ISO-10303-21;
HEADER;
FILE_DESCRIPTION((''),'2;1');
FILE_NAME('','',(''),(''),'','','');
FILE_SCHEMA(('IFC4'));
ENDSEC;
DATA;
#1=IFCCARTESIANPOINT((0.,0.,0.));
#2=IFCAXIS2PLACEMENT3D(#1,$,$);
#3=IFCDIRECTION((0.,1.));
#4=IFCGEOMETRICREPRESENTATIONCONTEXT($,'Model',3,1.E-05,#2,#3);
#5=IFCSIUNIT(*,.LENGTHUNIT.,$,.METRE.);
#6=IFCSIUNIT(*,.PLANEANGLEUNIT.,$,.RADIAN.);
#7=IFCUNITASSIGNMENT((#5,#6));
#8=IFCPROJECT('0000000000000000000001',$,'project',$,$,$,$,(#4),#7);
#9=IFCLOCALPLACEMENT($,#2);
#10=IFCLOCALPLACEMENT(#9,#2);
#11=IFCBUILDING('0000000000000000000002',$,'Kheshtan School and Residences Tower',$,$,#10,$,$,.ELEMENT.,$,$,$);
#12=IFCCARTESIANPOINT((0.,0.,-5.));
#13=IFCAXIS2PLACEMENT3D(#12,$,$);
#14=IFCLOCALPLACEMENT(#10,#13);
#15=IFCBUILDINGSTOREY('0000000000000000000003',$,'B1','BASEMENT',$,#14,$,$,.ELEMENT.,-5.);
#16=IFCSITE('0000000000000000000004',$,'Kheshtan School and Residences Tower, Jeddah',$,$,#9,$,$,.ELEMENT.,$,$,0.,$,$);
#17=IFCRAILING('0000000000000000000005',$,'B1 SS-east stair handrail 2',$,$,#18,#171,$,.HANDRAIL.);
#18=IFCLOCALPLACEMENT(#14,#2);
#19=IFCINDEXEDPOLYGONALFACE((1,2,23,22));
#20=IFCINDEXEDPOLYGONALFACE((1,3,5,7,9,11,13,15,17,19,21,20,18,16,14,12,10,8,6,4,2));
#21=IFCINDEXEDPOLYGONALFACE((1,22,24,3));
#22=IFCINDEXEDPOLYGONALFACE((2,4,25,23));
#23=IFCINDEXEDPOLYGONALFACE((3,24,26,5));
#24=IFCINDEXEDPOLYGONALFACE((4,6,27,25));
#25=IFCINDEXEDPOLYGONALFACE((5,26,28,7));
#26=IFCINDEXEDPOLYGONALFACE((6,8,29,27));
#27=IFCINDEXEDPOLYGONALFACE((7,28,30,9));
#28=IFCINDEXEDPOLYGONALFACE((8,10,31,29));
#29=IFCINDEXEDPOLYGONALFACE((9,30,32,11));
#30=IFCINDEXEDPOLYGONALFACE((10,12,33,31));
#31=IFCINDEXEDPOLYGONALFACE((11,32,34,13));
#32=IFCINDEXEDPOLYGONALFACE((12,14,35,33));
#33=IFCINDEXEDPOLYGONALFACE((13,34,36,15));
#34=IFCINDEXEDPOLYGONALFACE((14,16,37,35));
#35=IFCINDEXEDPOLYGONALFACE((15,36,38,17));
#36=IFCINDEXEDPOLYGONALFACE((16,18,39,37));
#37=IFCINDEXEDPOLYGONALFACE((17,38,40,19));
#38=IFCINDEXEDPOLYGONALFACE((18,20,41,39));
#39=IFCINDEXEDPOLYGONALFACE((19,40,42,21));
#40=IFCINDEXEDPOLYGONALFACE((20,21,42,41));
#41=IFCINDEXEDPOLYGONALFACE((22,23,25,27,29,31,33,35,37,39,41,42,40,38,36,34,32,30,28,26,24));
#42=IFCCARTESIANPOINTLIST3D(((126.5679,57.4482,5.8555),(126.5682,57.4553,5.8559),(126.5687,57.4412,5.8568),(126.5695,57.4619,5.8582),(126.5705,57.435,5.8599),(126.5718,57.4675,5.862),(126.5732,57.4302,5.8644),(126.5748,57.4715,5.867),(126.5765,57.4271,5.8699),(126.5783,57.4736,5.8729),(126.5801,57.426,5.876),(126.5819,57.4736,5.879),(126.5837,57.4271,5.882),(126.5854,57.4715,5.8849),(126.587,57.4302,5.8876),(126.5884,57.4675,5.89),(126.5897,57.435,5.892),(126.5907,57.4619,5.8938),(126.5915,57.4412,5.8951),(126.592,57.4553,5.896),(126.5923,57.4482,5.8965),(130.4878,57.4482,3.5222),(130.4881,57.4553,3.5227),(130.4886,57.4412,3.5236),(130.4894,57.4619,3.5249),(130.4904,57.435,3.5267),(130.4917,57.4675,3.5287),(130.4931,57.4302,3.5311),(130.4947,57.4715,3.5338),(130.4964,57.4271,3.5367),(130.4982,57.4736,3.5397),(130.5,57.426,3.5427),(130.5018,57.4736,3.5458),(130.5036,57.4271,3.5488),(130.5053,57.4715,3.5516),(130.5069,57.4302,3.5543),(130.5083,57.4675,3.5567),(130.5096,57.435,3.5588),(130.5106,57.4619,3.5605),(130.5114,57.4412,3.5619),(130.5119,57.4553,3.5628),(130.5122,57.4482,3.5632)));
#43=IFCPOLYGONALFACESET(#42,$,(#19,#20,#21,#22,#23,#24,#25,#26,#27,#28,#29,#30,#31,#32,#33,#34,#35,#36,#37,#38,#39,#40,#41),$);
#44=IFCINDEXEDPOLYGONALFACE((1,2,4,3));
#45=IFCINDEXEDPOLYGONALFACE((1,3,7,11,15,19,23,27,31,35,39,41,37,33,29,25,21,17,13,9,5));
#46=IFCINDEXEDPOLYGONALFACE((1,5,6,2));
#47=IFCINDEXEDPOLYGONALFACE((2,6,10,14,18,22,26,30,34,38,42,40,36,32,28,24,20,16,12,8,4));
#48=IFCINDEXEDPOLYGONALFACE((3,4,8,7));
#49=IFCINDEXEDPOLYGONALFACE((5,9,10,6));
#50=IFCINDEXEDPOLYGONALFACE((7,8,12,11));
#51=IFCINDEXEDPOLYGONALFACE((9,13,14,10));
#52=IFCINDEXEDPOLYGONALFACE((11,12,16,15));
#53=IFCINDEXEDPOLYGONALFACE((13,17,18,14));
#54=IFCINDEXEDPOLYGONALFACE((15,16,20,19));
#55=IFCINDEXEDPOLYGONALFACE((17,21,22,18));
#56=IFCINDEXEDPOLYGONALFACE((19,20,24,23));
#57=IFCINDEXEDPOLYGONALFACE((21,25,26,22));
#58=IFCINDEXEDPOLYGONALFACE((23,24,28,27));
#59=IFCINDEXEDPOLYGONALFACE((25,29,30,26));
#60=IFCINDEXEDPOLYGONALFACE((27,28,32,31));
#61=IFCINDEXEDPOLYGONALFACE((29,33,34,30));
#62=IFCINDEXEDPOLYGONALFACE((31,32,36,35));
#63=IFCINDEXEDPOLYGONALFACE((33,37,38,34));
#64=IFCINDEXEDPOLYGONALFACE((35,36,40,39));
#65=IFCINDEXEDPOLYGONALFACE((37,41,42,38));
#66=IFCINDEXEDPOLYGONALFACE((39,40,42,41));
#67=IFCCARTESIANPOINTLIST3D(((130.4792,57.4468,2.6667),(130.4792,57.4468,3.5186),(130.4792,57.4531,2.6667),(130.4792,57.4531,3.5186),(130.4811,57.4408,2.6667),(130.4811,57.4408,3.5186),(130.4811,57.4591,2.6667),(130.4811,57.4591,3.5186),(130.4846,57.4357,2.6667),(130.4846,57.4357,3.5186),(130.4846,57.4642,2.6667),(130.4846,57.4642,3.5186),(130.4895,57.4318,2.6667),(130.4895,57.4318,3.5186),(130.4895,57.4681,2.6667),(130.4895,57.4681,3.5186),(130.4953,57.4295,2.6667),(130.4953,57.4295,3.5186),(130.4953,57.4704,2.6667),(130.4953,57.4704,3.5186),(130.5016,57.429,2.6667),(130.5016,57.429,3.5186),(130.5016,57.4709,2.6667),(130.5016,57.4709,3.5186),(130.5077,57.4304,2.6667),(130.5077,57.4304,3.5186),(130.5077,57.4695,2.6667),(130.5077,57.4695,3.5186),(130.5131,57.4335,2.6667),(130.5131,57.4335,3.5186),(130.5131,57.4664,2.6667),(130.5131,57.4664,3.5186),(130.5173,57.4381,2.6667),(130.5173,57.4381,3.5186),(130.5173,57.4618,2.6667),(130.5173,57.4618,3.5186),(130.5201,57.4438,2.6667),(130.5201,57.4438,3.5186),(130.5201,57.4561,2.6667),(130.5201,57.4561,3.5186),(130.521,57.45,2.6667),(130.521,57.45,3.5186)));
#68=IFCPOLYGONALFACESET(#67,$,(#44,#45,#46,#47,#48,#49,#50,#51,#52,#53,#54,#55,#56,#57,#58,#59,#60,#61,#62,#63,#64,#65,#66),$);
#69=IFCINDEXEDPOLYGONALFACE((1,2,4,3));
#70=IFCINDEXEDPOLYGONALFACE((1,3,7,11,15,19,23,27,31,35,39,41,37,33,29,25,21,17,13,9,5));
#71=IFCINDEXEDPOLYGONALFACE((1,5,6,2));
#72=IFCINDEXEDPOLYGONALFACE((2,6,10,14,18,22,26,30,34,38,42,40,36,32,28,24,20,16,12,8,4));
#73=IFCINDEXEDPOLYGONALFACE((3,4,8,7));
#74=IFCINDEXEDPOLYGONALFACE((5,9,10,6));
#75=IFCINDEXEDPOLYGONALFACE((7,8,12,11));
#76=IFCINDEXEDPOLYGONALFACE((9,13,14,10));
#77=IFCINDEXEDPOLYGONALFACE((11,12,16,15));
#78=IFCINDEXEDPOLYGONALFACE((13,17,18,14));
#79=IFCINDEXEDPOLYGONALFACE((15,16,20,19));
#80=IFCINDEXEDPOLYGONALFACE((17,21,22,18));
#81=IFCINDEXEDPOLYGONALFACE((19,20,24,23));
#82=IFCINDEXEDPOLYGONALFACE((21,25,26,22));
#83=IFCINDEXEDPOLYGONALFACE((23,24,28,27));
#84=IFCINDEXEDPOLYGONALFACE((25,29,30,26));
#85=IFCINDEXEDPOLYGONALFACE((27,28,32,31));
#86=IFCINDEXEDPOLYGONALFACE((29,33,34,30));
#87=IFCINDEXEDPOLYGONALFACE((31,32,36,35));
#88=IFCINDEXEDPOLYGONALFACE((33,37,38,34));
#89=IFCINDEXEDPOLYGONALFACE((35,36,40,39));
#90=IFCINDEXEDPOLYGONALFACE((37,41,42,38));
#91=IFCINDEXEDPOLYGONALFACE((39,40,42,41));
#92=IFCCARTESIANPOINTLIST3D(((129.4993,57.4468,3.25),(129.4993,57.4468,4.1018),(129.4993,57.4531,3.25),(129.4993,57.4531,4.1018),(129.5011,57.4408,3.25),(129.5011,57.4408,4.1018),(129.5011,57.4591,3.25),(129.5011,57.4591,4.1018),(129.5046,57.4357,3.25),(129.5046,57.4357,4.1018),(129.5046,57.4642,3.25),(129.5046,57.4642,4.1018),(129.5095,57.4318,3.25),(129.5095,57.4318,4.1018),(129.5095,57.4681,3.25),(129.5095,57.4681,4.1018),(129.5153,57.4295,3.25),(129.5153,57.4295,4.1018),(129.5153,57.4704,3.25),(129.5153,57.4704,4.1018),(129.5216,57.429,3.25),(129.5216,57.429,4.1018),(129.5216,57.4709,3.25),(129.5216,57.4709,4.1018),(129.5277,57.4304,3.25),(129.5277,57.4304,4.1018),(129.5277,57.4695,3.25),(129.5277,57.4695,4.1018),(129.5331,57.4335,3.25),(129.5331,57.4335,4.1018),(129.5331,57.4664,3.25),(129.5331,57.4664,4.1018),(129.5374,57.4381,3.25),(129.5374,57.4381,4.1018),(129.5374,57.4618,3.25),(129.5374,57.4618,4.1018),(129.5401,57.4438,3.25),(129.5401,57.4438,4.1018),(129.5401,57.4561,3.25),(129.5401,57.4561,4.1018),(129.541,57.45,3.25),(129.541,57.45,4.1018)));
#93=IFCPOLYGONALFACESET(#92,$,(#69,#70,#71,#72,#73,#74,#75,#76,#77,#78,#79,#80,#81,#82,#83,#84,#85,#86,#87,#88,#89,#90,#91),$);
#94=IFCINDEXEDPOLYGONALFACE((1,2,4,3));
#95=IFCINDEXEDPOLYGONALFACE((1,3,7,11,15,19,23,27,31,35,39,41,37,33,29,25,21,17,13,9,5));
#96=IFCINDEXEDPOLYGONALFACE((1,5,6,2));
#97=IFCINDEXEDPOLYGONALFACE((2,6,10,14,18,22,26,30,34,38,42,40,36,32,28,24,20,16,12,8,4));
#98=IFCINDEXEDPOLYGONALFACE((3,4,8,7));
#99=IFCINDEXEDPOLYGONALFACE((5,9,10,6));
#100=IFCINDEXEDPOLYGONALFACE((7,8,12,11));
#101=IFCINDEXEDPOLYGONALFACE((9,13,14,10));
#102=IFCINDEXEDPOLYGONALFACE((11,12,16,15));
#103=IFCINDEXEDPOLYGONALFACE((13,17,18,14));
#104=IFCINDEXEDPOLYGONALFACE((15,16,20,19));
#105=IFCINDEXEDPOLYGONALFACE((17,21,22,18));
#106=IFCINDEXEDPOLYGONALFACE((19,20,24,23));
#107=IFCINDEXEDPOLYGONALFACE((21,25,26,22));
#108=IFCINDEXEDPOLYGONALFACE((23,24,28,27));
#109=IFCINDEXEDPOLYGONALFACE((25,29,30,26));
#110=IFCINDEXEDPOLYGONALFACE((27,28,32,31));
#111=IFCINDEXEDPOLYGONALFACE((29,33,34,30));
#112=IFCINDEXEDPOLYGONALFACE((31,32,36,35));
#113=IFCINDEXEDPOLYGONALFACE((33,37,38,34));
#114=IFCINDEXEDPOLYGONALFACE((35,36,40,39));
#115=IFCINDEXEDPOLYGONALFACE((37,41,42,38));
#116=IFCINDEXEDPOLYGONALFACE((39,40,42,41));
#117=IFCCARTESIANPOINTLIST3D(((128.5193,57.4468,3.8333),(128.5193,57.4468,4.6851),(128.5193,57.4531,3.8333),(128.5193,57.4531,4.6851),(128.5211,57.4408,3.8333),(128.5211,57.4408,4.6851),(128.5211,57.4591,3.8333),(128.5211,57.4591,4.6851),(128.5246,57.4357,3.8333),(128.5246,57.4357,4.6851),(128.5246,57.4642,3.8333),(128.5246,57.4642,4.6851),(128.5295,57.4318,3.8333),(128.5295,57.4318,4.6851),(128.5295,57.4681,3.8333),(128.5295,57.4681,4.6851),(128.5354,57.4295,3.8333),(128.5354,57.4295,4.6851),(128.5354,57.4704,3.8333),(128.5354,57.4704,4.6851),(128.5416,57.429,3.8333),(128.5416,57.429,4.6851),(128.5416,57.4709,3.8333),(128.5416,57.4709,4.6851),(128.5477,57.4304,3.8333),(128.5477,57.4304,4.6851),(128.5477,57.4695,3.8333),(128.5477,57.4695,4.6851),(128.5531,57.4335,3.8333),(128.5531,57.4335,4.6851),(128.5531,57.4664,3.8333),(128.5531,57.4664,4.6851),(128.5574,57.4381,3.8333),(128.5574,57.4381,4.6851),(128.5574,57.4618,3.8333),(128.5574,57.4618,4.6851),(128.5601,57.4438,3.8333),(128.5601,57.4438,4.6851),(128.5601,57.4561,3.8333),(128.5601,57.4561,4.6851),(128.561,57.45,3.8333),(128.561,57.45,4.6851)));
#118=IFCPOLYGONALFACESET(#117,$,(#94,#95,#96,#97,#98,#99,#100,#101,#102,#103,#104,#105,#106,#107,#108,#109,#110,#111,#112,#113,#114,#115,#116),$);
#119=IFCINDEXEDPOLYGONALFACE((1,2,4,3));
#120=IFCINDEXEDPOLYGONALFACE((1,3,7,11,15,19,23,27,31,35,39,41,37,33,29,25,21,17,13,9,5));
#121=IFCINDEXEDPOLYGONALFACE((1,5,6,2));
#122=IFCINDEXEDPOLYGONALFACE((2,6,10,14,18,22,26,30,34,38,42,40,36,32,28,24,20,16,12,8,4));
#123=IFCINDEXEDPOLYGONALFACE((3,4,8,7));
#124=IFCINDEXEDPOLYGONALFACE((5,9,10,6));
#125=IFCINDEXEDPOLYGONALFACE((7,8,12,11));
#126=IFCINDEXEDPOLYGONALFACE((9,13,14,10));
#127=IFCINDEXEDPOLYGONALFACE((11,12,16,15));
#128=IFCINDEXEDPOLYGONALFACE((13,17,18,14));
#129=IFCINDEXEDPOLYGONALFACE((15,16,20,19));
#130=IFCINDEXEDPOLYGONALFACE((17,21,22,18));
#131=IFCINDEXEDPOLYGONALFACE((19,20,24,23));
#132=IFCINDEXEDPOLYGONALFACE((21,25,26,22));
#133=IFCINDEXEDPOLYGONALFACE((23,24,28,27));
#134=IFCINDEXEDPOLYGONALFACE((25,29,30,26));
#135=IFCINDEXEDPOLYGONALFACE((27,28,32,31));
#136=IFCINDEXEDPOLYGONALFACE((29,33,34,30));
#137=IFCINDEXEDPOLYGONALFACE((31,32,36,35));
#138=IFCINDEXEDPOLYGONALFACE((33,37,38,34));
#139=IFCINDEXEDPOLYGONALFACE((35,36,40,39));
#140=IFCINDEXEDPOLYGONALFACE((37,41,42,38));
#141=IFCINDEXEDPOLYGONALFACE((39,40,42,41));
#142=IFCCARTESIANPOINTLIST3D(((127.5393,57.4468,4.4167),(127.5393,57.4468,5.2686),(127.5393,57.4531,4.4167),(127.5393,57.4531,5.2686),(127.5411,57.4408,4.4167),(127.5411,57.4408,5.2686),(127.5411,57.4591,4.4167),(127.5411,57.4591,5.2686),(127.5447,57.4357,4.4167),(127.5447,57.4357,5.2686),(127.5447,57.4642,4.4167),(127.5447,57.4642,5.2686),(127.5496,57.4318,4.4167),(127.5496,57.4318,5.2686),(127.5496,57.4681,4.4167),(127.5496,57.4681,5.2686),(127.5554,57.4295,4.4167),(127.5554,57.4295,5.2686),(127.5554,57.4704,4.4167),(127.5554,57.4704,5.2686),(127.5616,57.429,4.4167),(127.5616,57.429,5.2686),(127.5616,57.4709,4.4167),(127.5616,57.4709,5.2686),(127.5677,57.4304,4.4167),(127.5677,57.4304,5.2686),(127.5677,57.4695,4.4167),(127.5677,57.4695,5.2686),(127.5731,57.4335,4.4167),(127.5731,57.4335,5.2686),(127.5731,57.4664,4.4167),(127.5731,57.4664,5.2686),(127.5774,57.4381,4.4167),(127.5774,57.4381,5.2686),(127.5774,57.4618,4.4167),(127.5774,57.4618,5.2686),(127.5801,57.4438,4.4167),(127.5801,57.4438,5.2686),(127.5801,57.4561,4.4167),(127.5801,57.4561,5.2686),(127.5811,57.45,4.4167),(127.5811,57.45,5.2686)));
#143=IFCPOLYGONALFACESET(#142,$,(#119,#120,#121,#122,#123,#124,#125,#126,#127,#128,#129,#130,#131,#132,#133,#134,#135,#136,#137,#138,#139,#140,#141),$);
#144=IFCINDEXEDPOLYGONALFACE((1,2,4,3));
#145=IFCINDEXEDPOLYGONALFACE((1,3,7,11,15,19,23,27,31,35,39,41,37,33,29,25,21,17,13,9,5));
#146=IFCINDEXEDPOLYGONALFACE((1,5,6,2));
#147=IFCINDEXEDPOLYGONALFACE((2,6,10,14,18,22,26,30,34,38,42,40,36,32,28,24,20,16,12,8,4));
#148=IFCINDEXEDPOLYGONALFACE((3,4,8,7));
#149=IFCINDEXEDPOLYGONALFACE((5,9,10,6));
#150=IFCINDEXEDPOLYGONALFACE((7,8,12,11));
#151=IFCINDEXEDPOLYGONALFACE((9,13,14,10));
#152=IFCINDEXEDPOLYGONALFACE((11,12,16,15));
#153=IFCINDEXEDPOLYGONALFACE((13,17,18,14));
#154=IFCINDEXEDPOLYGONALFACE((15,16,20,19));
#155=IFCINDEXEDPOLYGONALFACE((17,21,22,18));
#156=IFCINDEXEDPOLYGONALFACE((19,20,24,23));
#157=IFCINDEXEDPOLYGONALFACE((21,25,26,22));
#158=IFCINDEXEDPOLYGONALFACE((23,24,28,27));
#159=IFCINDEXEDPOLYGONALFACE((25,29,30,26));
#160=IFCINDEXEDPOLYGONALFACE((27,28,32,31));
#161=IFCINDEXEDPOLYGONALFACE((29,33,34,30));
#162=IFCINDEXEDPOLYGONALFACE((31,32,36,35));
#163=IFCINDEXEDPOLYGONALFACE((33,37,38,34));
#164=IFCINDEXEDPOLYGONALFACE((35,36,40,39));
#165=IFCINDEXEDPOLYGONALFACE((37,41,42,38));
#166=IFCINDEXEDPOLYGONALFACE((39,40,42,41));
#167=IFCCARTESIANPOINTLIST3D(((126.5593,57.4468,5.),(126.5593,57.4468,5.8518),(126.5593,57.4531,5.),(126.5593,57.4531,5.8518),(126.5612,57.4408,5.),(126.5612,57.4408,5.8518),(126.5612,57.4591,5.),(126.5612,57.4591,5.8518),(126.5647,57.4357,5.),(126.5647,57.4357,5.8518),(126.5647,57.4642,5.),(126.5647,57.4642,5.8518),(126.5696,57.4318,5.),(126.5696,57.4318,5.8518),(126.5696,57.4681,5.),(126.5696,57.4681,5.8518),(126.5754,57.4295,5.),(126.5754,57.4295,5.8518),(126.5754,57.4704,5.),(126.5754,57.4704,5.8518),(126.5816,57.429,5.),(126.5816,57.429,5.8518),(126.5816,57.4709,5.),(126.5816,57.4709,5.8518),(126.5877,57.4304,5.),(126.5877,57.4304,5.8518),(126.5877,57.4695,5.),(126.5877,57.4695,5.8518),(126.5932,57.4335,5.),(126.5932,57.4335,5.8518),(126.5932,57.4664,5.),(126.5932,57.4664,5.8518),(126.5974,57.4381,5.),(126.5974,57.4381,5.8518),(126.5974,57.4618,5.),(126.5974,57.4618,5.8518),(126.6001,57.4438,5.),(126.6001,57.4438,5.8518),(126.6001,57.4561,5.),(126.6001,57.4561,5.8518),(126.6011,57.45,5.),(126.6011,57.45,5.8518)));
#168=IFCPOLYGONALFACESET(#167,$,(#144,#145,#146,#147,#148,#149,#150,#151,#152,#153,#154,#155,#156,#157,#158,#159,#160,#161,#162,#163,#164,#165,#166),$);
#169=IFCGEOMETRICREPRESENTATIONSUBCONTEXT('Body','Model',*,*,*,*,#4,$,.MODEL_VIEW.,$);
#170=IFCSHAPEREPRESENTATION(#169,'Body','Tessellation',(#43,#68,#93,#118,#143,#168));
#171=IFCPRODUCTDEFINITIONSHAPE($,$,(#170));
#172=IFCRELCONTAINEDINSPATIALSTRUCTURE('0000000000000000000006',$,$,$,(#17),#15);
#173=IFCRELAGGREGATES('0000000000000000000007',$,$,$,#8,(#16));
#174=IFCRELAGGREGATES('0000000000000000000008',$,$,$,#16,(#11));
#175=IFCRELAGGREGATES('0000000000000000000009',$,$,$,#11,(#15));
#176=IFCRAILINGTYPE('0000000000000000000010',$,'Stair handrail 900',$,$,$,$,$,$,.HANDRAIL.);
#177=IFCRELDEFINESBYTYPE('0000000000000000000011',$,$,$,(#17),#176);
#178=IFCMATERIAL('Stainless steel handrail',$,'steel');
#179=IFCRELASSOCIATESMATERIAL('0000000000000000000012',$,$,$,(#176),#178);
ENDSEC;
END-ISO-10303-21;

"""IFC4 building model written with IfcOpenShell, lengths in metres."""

from ifc_helpers import new_model, si_unit, direction, frame, origin, origin_2d, place, context, subcontext, project, spatial, circle, extrude, material, type_object, element, save


model = new_model("IFC4")

# Units and contexts
model_context = context("Model", 3, precision=1e-05, world=origin(), true_north=direction((0.0, 1.0)))
body_context = subcontext(model_context, "Body", "Model", "MODEL_VIEW")
ifc_project = project(units=[si_unit("LENGTHUNIT", "METRE"), si_unit("PLANEANGLEUNIT", "RADIAN")], contexts=[model_context])

# Site, building, storey
site_placement = place(None, origin())
site = spatial("IfcSite", under=ifc_project, at=site_placement, Name="Kheshtan School and Residences Tower, Jeddah", CompositionType="ELEMENT", RefElevation=0.0)
building_placement = place(site_placement, origin())
building = spatial("IfcBuilding", under=site, at=building_placement, Name="Kheshtan School and Residences Tower", CompositionType="ELEMENT")
storey_placement = place(building_placement, frame((0.0, 0.0, -5.0)))
storey = spatial("IfcBuildingStorey", under=building, at=storey_placement, Name="B1", Description="BASEMENT", CompositionType="ELEMENT", Elevation=-5.0)

# Railing
ifc_material_1 = material(Name="Stainless steel handrail", Category="steel")
railing_type = type_object("IfcRailingType", Name="Stair handrail 900", PredefinedType="HANDRAIL", material=ifc_material_1)
railing_placement = place(storey_placement, frame((130.5, 57.45, 2.6667)))
element("IfcRailing", 1, at=railing_placement, inside=storey, type_object=railing_type, Name="B1 SS-east stair handrail 2", PredefinedType="HANDRAIL", context=body_context, shape_type="SweptSolid", body=[
    extrude(circle(Radius=0.0239, at=origin_2d()), frame((0.0, 0.0, 0.876), z_axis=(-0.859296, 0.0, 0.511478), x_axis=(0.0, -1.0, 0.0)), (0.0, 0.0, 1.0), 4.5618),
    extrude(circle(Radius=0.021, at=origin_2d()), origin(), (0.0, 0.0, 1.0), 0.8518),
    extrude(circle(Radius=0.021, at=origin_2d()), frame((-0.98, 0.0, 0.5833)), (0.0, 0.0, 1.0), 0.8518),
    extrude(circle(Radius=0.021, at=origin_2d()), frame((-1.96, 0.0, 1.1665)), (0.0, 0.0, 1.0), 0.8518),
    extrude(circle(Radius=0.021, at=origin_2d()), frame((-2.9399, 0.0, 1.75)), (0.0, 0.0, 1.0), 0.8518),
    extrude(circle(Radius=0.021, at=origin_2d()), frame((-3.9199, 0.0, 2.3333)), (0.0, 0.0, 1.0), 0.8518),
])

save(model, "model.ifc")
